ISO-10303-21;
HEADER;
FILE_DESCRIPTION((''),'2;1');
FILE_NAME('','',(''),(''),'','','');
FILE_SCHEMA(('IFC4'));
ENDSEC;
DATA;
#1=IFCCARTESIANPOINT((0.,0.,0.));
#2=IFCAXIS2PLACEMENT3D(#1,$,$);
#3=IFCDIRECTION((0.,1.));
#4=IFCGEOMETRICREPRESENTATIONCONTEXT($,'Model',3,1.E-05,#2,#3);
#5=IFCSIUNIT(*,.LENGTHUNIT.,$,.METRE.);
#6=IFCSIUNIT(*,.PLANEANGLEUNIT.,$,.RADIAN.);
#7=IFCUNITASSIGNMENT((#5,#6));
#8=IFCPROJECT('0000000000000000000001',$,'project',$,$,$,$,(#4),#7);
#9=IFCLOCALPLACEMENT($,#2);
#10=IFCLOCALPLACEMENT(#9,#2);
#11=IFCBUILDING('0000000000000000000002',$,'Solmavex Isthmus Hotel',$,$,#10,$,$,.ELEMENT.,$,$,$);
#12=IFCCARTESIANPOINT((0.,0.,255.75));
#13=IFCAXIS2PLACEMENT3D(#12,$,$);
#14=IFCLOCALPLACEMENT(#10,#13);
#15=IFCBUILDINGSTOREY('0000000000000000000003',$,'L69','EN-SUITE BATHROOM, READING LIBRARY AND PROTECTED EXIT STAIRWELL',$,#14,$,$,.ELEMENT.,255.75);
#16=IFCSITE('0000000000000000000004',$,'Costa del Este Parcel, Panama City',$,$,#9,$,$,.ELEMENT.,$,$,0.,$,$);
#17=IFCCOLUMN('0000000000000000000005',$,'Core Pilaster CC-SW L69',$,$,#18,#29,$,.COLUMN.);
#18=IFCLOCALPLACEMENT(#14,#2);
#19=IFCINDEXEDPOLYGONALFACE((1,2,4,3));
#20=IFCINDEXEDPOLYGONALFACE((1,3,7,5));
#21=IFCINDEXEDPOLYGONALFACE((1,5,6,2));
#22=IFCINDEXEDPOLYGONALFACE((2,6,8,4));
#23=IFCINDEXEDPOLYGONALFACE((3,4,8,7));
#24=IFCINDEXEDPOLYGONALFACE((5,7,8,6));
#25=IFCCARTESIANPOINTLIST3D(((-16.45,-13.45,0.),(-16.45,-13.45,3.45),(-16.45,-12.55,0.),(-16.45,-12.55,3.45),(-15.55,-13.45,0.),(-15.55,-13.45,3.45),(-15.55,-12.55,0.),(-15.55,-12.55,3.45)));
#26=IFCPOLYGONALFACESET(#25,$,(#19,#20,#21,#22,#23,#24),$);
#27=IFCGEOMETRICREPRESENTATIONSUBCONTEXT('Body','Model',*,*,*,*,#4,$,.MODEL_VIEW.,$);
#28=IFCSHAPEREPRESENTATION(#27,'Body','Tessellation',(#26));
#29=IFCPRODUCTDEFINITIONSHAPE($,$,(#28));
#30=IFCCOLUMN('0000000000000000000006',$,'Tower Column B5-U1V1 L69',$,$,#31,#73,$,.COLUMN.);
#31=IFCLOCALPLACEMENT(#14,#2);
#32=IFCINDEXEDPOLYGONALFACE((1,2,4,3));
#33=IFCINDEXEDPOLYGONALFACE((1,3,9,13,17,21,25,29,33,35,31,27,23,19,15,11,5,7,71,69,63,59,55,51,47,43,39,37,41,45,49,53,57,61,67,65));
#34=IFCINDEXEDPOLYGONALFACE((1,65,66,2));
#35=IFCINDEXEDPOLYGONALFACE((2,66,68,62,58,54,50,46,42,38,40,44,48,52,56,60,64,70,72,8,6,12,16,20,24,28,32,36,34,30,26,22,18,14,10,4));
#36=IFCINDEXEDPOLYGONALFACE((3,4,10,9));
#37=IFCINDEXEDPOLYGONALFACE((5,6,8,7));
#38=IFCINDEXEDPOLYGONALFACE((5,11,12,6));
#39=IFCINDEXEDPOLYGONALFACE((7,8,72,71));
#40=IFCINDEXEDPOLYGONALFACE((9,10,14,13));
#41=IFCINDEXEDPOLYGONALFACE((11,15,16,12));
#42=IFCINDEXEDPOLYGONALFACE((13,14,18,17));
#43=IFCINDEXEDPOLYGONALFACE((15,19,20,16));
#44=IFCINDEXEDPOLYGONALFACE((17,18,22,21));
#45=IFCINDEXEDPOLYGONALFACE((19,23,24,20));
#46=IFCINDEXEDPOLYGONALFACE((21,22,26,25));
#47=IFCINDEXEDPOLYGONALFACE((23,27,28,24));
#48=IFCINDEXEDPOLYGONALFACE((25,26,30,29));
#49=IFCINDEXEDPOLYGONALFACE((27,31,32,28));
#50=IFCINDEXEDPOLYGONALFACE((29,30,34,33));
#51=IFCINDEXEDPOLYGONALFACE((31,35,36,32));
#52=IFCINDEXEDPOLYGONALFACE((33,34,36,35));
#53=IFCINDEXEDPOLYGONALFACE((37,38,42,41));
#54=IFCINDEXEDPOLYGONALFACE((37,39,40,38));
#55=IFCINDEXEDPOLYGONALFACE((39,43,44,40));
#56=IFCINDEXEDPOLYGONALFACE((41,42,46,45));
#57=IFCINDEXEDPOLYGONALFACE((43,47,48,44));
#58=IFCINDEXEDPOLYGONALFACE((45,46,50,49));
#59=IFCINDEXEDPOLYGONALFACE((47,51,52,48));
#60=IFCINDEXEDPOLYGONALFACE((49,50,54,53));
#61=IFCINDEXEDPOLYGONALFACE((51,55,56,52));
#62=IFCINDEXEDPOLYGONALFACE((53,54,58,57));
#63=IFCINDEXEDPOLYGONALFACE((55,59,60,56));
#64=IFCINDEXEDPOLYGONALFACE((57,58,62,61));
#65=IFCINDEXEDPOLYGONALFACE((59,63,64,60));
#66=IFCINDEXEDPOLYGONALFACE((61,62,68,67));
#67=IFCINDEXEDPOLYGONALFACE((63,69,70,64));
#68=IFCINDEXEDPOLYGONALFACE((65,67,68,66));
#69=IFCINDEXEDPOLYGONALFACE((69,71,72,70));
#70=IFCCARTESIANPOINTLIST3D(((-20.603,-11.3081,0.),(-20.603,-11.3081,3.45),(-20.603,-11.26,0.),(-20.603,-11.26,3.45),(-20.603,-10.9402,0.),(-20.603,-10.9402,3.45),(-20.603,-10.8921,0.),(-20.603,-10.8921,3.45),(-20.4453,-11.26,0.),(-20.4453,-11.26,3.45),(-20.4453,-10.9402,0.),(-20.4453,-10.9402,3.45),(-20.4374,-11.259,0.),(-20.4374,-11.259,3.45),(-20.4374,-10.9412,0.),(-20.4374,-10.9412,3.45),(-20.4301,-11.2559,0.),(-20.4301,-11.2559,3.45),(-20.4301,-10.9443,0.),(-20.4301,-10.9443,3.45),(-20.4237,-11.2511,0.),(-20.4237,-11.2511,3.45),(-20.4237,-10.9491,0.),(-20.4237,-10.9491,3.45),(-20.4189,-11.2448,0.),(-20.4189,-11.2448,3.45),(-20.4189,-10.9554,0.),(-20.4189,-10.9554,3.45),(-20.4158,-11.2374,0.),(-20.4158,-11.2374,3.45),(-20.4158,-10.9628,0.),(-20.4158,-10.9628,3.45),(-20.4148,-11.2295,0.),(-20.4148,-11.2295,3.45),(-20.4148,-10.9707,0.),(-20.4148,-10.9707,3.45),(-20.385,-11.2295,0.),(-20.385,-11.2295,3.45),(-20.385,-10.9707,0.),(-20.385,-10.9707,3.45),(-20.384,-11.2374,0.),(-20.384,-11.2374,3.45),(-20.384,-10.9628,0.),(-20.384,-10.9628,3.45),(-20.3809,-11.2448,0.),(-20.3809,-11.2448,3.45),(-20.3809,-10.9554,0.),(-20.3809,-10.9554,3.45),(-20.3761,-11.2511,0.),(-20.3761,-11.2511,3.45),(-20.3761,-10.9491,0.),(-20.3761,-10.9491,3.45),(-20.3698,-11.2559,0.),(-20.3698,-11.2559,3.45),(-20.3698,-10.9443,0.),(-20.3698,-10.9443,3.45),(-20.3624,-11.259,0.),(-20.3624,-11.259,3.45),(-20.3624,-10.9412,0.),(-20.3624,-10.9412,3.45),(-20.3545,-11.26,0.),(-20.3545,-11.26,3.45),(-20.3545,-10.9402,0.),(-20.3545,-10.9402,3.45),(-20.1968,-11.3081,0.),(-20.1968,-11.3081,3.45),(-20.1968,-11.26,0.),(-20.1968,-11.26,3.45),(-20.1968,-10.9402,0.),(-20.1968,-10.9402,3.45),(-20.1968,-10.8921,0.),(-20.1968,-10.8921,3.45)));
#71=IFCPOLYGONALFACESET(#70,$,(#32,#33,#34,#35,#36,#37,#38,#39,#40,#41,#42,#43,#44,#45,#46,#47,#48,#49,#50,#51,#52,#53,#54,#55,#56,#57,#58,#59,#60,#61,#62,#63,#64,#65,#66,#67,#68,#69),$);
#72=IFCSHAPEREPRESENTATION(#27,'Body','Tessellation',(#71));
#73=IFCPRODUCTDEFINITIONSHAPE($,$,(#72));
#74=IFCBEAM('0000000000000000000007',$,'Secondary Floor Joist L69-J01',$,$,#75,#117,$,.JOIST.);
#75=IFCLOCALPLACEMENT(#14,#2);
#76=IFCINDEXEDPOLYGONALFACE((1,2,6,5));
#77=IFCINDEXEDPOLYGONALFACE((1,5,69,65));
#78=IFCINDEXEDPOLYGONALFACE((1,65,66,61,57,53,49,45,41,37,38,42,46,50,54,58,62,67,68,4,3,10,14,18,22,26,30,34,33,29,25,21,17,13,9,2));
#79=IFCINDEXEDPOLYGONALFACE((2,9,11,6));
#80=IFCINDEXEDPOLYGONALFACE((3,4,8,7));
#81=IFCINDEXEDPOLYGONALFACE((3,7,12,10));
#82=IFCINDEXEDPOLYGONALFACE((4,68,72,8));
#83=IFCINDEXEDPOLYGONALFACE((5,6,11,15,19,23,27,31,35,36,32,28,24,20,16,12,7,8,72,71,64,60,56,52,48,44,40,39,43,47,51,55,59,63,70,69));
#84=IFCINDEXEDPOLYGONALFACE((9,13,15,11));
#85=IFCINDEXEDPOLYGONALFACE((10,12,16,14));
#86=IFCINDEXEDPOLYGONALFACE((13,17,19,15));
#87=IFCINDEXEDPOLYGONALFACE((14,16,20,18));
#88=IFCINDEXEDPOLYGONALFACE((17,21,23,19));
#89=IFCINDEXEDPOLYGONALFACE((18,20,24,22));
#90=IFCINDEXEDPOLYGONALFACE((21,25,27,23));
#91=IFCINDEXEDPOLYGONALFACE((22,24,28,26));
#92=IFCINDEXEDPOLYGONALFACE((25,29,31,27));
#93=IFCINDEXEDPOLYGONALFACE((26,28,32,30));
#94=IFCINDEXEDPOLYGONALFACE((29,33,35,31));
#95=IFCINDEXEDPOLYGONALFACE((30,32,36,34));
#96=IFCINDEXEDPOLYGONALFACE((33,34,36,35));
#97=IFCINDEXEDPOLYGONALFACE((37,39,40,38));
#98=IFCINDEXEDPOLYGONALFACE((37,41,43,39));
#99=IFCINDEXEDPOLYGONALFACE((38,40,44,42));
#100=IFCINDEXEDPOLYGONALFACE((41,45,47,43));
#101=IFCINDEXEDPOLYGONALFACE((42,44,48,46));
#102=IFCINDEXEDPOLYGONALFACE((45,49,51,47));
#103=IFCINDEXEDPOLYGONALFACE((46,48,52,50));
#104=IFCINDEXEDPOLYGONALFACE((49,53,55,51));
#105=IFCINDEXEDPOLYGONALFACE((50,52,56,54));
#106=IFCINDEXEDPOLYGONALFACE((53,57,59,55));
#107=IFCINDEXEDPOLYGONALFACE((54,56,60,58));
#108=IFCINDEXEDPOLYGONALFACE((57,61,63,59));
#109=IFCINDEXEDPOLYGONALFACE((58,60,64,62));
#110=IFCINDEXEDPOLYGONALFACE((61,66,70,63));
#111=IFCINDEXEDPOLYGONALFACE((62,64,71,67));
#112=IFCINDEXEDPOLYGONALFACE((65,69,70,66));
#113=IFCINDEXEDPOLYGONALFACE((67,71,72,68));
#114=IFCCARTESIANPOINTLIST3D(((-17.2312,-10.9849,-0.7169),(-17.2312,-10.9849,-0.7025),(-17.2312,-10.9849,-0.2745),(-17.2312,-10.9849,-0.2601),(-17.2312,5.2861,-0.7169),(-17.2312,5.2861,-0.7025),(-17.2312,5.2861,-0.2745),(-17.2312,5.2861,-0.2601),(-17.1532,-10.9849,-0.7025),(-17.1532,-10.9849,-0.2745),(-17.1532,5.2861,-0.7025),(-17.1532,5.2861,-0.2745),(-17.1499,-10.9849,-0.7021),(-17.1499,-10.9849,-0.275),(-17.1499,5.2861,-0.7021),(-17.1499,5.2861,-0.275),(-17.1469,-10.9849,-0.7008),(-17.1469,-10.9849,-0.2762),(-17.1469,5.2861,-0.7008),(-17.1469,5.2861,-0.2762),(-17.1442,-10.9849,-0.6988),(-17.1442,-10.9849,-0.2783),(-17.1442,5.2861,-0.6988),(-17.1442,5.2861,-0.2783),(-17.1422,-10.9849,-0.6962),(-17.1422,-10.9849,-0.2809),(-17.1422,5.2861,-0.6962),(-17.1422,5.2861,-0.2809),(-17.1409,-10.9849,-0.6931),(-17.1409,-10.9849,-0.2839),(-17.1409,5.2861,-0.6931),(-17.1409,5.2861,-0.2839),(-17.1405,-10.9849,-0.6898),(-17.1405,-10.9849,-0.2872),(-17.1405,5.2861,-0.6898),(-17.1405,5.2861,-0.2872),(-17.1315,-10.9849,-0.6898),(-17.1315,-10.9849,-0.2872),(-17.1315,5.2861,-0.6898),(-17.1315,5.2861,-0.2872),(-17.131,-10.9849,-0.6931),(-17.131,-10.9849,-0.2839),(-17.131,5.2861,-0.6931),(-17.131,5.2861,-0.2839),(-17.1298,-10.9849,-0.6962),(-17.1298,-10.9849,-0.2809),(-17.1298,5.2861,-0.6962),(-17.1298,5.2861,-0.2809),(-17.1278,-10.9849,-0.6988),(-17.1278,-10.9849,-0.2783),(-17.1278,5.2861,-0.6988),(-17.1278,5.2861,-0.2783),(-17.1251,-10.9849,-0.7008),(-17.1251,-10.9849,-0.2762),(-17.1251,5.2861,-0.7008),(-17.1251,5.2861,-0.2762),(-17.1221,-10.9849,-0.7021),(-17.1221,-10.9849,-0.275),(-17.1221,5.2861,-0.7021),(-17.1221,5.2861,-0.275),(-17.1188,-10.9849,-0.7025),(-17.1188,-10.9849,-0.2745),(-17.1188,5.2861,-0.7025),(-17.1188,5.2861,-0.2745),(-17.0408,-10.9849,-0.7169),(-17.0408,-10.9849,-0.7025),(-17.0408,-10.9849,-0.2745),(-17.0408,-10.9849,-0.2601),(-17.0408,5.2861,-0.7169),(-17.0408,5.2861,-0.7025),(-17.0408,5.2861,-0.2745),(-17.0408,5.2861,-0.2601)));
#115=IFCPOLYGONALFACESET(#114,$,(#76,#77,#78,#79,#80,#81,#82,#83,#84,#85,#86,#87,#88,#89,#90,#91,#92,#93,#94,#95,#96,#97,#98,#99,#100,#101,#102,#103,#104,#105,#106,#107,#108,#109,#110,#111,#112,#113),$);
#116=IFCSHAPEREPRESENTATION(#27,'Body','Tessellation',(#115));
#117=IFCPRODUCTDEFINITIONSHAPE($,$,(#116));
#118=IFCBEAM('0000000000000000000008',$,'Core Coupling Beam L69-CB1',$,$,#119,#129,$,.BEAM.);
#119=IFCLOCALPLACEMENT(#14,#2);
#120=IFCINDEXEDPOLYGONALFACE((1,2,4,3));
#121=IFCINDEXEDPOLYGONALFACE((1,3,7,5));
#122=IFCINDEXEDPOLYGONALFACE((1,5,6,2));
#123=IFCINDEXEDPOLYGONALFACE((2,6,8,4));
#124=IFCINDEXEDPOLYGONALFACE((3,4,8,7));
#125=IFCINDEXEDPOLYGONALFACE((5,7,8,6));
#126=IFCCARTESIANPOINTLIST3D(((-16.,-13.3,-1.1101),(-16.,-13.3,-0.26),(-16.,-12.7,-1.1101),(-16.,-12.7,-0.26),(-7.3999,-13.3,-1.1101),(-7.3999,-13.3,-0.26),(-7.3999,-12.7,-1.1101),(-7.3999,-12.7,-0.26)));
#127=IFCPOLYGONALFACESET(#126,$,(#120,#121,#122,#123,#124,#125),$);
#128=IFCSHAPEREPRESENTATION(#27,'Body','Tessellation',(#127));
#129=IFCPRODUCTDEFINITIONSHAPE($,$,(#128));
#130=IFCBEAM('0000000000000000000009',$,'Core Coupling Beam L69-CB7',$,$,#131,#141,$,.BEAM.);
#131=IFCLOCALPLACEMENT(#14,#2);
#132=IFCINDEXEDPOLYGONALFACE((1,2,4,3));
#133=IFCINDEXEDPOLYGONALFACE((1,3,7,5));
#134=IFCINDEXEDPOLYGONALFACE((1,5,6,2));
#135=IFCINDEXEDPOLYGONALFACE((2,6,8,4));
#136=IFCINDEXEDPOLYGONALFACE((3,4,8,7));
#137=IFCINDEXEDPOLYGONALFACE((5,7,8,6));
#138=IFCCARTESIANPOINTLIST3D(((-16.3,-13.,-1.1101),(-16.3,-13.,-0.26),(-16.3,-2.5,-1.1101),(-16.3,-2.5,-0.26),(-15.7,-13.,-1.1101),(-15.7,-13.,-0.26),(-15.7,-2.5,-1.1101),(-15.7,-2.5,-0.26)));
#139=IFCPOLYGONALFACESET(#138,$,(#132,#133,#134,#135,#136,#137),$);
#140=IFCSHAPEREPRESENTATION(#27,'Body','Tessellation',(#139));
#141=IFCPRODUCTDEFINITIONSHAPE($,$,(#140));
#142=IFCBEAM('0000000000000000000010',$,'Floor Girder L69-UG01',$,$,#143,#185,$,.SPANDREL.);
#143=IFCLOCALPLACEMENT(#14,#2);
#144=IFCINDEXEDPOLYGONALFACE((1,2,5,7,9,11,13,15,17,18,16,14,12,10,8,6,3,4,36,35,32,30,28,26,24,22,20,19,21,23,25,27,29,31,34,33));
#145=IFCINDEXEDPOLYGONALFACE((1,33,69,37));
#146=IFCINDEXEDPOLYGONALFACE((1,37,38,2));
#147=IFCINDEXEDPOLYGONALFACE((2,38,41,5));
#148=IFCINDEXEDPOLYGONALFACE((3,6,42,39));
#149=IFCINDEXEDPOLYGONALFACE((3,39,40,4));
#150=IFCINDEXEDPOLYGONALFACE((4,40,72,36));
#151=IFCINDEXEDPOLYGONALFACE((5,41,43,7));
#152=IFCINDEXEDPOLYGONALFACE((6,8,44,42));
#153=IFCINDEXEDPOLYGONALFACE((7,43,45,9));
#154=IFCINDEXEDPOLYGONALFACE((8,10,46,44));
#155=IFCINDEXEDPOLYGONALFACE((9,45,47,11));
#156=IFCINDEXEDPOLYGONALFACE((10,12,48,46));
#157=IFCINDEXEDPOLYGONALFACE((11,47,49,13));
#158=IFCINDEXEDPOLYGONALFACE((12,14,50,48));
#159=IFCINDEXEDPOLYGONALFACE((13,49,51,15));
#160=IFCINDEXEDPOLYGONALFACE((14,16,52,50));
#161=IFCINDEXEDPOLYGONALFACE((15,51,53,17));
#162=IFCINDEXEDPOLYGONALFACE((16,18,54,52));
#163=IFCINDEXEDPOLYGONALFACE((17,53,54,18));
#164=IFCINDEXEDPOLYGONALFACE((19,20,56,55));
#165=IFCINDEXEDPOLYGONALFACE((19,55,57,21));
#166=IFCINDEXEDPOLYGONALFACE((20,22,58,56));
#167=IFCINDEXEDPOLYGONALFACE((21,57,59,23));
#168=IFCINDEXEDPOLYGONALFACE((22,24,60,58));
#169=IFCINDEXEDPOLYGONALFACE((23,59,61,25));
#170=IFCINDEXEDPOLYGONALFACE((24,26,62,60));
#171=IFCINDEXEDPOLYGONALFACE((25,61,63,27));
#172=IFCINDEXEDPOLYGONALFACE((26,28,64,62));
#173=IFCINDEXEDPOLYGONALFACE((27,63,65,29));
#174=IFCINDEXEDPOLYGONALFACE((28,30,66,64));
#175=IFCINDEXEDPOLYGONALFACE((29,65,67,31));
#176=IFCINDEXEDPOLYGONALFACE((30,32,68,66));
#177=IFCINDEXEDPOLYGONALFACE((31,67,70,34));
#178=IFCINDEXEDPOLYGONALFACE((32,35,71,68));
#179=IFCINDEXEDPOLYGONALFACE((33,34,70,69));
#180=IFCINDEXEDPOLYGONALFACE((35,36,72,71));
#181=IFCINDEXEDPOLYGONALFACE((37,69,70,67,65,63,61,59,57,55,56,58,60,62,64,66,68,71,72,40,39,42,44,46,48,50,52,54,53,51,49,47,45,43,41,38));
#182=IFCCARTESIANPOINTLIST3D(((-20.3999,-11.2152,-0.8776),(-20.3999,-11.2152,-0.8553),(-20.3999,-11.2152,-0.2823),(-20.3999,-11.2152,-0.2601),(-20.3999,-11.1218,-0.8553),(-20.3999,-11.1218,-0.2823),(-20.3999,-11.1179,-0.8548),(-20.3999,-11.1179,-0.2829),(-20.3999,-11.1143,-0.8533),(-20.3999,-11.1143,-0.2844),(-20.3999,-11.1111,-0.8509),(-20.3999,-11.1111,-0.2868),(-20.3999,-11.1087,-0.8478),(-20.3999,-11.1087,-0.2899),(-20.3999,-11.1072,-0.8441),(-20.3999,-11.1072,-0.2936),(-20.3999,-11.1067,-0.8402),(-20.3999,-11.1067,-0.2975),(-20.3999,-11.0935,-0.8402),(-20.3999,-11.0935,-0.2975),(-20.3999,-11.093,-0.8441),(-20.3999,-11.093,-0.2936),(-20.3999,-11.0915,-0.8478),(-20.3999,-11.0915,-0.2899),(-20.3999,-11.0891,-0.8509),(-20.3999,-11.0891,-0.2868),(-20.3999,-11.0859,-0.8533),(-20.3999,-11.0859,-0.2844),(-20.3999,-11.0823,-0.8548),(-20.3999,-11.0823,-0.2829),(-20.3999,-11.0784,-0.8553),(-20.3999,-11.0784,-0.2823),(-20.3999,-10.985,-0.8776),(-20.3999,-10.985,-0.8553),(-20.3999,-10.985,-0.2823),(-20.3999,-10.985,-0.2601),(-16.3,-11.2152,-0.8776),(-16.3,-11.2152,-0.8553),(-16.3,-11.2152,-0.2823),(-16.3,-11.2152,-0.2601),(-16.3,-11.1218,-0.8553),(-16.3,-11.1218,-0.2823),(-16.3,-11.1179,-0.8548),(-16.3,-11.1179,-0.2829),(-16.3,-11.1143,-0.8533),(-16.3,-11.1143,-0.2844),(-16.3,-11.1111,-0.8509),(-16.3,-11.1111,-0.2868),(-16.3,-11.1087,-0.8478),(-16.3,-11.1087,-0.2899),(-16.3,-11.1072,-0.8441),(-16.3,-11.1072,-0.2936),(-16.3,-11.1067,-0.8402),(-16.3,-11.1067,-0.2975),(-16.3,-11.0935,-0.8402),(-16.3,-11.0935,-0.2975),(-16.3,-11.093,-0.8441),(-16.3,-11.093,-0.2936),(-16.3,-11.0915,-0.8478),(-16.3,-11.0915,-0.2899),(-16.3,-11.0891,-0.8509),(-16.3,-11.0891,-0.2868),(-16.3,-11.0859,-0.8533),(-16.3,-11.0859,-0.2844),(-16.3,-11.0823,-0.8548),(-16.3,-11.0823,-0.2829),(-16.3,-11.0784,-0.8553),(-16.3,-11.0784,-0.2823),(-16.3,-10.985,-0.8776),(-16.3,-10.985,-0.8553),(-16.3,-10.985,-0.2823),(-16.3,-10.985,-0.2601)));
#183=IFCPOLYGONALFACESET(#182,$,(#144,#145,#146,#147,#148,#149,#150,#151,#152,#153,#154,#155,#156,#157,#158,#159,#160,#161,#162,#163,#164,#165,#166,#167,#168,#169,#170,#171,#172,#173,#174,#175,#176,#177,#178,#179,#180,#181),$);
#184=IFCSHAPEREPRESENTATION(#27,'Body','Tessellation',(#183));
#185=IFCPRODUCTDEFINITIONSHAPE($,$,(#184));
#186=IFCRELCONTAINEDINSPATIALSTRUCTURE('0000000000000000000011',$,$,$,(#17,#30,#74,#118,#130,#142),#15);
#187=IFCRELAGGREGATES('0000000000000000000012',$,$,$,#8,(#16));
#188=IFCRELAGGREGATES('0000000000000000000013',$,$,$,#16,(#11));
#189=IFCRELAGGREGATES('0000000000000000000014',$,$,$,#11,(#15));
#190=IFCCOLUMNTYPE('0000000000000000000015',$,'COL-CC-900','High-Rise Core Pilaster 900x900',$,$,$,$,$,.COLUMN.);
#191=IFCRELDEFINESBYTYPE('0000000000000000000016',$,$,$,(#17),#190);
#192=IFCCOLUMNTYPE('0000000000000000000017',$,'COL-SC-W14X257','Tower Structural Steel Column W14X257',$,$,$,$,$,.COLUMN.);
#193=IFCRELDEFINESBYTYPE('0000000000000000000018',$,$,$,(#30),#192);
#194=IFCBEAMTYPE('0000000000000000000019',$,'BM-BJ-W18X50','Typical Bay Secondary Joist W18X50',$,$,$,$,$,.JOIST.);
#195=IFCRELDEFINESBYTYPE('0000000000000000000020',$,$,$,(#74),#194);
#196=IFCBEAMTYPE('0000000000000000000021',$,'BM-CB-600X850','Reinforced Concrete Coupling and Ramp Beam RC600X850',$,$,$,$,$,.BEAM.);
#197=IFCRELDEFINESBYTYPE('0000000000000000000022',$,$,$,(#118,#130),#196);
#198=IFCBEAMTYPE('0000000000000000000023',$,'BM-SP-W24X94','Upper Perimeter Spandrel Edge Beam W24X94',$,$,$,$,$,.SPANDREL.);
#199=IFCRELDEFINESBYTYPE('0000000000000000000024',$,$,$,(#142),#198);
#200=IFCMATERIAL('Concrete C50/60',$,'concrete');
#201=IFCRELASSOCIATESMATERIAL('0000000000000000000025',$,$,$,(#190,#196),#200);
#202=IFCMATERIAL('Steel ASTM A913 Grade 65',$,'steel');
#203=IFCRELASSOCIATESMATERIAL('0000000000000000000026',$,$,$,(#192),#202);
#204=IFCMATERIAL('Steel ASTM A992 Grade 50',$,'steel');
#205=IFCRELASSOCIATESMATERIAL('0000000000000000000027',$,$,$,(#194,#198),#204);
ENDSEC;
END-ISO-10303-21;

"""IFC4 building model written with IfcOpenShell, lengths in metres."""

from ifc_helpers import new_model, si_unit, direction, frame, origin, origin_2d, place, context, subcontext, project, spatial, rectangle, i_section, extrude, material, material_profile, profile_set, type_object, element, save


model = new_model("IFC4")

# Units and contexts
model_context = context("Model", 3, precision=1e-05, world=origin(), true_north=direction((0.0, 1.0)))
body_context = subcontext(model_context, "Body", "Model", "MODEL_VIEW")
ifc_project = project(units=[si_unit("LENGTHUNIT", "METRE"), si_unit("PLANEANGLEUNIT", "RADIAN")], contexts=[model_context])

# Site, building, storey
site_placement = place(None, origin())
site = spatial("IfcSite", under=ifc_project, at=site_placement, Name="Costa del Este Parcel, Panama City", CompositionType="ELEMENT", RefElevation=0.0)
building_placement = place(site_placement, origin())
building = spatial("IfcBuilding", under=site, at=building_placement, Name="Solmavex Isthmus Hotel", CompositionType="ELEMENT")
storey_placement = place(building_placement, frame((0.0, 0.0, 255.75)))
storey = spatial("IfcBuildingStorey", under=building, at=storey_placement, Name="L69", Description="EN-SUITE BATHROOM, READING LIBRARY AND PROTECTED EXIT STAIRWELL", CompositionType="ELEMENT", Elevation=255.75)

# Columns
ifc_material_1 = material(Name="Concrete C50/60", Category="concrete")
ifc_material_profile_1 = material_profile(ifc_material_1, rectangle(XDim=0.8999, YDim=0.8999, at=origin_2d()), Name="RC900X900")
ifc_profile_set_1 = profile_set([ifc_material_profile_1], Name="Concrete C50/60")
column_type_1 = type_object("IfcColumnType", Name="COL-CC-900", Description="High-Rise Core Pilaster 900x900", PredefinedType="COLUMN", material=ifc_profile_set_1)
column_1_placement = place(storey_placement, frame((-16.0, -13.0, 0.0), z_axis=(0.0, 0.0, 1.0), x_axis=(1.0, 0.0, 0.0)))
element("IfcColumn", 1, at=column_1_placement, inside=storey, type_object=column_type_1, Name="Core Pilaster CC-SW L69", PredefinedType="COLUMN", context=body_context, shape_type="SweptSolid", body=[
    extrude(rectangle(XDim=0.8999, YDim=0.8999, at=origin_2d()), origin(), (0.0, 0.0, 1.0), 3.45),
])
ifc_material_2 = material(Name="Steel ASTM A913 Grade 65", Category="steel")
ifc_material_profile_2 = material_profile(ifc_material_2, i_section(OverallWidth=0.4062, OverallDepth=0.416, WebThickness=0.0298, FlangeThickness=0.0481, FilletRadius=0.0305, at=origin_2d()), Name="W14X257")
ifc_profile_set_2 = profile_set([ifc_material_profile_2], Name="Steel ASTM A913 Grade 65")
column_type_2 = type_object("IfcColumnType", Name="COL-SC-W14X257", Description="Tower Structural Steel Column W14X257", PredefinedType="COLUMN", material=ifc_profile_set_2)
column_2_placement = place(storey_placement, frame((-20.3999, -11.1001, 0.0), z_axis=(0.0, 0.0, 1.0), x_axis=(1.0, 0.0, 0.0)))
element("IfcColumn", 2, at=column_2_placement, inside=storey, type_object=column_type_2, Name="Tower Column B5-U1V1 L69", PredefinedType="COLUMN", context=body_context, shape_type="SweptSolid", body=[
    extrude(i_section(OverallWidth=0.4062, OverallDepth=0.416, WebThickness=0.0298, FlangeThickness=0.0481, FilletRadius=0.0305, at=origin_2d()), origin(), (0.0, 0.0, 1.0), 3.45),
])

# Beams
ifc_material_3 = material(Name="Steel ASTM A992 Grade 50", Category="steel")
ifc_material_profile_3 = material_profile(ifc_material_3, i_section(OverallWidth=0.1904, OverallDepth=0.4568, WebThickness=0.009, FlangeThickness=0.0144, FilletRadius=0.0127, at=origin_2d()), Name="W18X50")
ifc_profile_set_3 = profile_set([ifc_material_profile_3], Name="Steel ASTM A992 Grade 50")
beam_type_1 = type_object("IfcBeamType", Name="BM-BJ-W18X50", Description="Typical Bay Secondary Joist W18X50", PredefinedType="JOIST", material=ifc_profile_set_3)
beam_1_placement = place(storey_placement, frame((-17.136, -10.9849, -0.4885), z_axis=(0.0, 1.0, 0.0), x_axis=(-1.0, 0.0, 0.0)))
element("IfcBeam", 3, at=beam_1_placement, inside=storey, type_object=beam_type_1, Name="Secondary Floor Joist L69-J01", PredefinedType="JOIST", context=body_context, shape_type="SweptSolid", body=[
    extrude(i_section(OverallWidth=0.1904, OverallDepth=0.4568, WebThickness=0.009, FlangeThickness=0.0144, FilletRadius=0.0127, at=origin_2d()), origin(), (0.0, 0.0, 1.0), 16.271),
])
ifc_material_profile_4 = material_profile(ifc_material_1, rectangle(XDim=0.6001, YDim=0.8501, at=origin_2d()), Name="RC600X850")
ifc_profile_set_4 = profile_set([ifc_material_profile_4], Name="Concrete C50/60")
beam_type_2 = type_object("IfcBeamType", Name="BM-CB-600X850", Description="Reinforced Concrete Coupling and Ramp Beam RC600X850", PredefinedType="BEAM", material=ifc_profile_set_4)
beam_2_placement = place(storey_placement, frame((-16.0, -13.0, -0.6851), z_axis=(1.0, 0.0, 0.0), x_axis=(0.0, 1.0, 0.0)))
element("IfcBeam", 4, at=beam_2_placement, inside=storey, type_object=beam_type_2, Name="Core Coupling Beam L69-CB1", PredefinedType="BEAM", context=body_context, shape_type="SweptSolid", body=[
    extrude(rectangle(XDim=0.6001, YDim=0.8501, at=origin_2d()), origin(), (0.0, 0.0, 1.0), 8.6001),
])
beam_3_placement = place(storey_placement, frame((-16.0, -13.0, -0.6851), z_axis=(0.0, 1.0, 0.0), x_axis=(-1.0, 0.0, 0.0)))
element("IfcBeam", 5, at=beam_3_placement, inside=storey, type_object=beam_type_2, Name="Core Coupling Beam L69-CB7", PredefinedType="BEAM", context=body_context, shape_type="SweptSolid", body=[
    extrude(rectangle(XDim=0.6001, YDim=0.8501, at=origin_2d()), origin(), (0.0, 0.0, 1.0), 10.5),
])
ifc_material_profile_5 = material_profile(ifc_material_3, i_section(OverallWidth=0.2302, OverallDepth=0.6174, WebThickness=0.0132, FlangeThickness=0.0222, FilletRadius=0.0151, at=origin_2d()), Name="W24X94")
ifc_profile_set_5 = profile_set([ifc_material_profile_5], Name="Steel ASTM A992 Grade 50")
beam_type_3 = type_object("IfcBeamType", Name="BM-SP-W24X94", Description="Upper Perimeter Spandrel Edge Beam W24X94", PredefinedType="SPANDREL", material=ifc_profile_set_5)
beam_4_placement = place(storey_placement, frame((-20.3999, -11.1001, -0.5688), z_axis=(1.0, 0.0, 0.0), x_axis=(0.0, 1.0, 0.0)))
element("IfcBeam", 6, at=beam_4_placement, inside=storey, type_object=beam_type_3, Name="Floor Girder L69-UG01", PredefinedType="SPANDREL", context=body_context, shape_type="SweptSolid", body=[
    extrude(i_section(OverallWidth=0.2302, OverallDepth=0.6174, WebThickness=0.0132, FlangeThickness=0.0222, FilletRadius=0.0151, at=origin_2d()), origin(), (0.0, 0.0, 1.0), 4.0999),
])

save(model, "model.ifc")
